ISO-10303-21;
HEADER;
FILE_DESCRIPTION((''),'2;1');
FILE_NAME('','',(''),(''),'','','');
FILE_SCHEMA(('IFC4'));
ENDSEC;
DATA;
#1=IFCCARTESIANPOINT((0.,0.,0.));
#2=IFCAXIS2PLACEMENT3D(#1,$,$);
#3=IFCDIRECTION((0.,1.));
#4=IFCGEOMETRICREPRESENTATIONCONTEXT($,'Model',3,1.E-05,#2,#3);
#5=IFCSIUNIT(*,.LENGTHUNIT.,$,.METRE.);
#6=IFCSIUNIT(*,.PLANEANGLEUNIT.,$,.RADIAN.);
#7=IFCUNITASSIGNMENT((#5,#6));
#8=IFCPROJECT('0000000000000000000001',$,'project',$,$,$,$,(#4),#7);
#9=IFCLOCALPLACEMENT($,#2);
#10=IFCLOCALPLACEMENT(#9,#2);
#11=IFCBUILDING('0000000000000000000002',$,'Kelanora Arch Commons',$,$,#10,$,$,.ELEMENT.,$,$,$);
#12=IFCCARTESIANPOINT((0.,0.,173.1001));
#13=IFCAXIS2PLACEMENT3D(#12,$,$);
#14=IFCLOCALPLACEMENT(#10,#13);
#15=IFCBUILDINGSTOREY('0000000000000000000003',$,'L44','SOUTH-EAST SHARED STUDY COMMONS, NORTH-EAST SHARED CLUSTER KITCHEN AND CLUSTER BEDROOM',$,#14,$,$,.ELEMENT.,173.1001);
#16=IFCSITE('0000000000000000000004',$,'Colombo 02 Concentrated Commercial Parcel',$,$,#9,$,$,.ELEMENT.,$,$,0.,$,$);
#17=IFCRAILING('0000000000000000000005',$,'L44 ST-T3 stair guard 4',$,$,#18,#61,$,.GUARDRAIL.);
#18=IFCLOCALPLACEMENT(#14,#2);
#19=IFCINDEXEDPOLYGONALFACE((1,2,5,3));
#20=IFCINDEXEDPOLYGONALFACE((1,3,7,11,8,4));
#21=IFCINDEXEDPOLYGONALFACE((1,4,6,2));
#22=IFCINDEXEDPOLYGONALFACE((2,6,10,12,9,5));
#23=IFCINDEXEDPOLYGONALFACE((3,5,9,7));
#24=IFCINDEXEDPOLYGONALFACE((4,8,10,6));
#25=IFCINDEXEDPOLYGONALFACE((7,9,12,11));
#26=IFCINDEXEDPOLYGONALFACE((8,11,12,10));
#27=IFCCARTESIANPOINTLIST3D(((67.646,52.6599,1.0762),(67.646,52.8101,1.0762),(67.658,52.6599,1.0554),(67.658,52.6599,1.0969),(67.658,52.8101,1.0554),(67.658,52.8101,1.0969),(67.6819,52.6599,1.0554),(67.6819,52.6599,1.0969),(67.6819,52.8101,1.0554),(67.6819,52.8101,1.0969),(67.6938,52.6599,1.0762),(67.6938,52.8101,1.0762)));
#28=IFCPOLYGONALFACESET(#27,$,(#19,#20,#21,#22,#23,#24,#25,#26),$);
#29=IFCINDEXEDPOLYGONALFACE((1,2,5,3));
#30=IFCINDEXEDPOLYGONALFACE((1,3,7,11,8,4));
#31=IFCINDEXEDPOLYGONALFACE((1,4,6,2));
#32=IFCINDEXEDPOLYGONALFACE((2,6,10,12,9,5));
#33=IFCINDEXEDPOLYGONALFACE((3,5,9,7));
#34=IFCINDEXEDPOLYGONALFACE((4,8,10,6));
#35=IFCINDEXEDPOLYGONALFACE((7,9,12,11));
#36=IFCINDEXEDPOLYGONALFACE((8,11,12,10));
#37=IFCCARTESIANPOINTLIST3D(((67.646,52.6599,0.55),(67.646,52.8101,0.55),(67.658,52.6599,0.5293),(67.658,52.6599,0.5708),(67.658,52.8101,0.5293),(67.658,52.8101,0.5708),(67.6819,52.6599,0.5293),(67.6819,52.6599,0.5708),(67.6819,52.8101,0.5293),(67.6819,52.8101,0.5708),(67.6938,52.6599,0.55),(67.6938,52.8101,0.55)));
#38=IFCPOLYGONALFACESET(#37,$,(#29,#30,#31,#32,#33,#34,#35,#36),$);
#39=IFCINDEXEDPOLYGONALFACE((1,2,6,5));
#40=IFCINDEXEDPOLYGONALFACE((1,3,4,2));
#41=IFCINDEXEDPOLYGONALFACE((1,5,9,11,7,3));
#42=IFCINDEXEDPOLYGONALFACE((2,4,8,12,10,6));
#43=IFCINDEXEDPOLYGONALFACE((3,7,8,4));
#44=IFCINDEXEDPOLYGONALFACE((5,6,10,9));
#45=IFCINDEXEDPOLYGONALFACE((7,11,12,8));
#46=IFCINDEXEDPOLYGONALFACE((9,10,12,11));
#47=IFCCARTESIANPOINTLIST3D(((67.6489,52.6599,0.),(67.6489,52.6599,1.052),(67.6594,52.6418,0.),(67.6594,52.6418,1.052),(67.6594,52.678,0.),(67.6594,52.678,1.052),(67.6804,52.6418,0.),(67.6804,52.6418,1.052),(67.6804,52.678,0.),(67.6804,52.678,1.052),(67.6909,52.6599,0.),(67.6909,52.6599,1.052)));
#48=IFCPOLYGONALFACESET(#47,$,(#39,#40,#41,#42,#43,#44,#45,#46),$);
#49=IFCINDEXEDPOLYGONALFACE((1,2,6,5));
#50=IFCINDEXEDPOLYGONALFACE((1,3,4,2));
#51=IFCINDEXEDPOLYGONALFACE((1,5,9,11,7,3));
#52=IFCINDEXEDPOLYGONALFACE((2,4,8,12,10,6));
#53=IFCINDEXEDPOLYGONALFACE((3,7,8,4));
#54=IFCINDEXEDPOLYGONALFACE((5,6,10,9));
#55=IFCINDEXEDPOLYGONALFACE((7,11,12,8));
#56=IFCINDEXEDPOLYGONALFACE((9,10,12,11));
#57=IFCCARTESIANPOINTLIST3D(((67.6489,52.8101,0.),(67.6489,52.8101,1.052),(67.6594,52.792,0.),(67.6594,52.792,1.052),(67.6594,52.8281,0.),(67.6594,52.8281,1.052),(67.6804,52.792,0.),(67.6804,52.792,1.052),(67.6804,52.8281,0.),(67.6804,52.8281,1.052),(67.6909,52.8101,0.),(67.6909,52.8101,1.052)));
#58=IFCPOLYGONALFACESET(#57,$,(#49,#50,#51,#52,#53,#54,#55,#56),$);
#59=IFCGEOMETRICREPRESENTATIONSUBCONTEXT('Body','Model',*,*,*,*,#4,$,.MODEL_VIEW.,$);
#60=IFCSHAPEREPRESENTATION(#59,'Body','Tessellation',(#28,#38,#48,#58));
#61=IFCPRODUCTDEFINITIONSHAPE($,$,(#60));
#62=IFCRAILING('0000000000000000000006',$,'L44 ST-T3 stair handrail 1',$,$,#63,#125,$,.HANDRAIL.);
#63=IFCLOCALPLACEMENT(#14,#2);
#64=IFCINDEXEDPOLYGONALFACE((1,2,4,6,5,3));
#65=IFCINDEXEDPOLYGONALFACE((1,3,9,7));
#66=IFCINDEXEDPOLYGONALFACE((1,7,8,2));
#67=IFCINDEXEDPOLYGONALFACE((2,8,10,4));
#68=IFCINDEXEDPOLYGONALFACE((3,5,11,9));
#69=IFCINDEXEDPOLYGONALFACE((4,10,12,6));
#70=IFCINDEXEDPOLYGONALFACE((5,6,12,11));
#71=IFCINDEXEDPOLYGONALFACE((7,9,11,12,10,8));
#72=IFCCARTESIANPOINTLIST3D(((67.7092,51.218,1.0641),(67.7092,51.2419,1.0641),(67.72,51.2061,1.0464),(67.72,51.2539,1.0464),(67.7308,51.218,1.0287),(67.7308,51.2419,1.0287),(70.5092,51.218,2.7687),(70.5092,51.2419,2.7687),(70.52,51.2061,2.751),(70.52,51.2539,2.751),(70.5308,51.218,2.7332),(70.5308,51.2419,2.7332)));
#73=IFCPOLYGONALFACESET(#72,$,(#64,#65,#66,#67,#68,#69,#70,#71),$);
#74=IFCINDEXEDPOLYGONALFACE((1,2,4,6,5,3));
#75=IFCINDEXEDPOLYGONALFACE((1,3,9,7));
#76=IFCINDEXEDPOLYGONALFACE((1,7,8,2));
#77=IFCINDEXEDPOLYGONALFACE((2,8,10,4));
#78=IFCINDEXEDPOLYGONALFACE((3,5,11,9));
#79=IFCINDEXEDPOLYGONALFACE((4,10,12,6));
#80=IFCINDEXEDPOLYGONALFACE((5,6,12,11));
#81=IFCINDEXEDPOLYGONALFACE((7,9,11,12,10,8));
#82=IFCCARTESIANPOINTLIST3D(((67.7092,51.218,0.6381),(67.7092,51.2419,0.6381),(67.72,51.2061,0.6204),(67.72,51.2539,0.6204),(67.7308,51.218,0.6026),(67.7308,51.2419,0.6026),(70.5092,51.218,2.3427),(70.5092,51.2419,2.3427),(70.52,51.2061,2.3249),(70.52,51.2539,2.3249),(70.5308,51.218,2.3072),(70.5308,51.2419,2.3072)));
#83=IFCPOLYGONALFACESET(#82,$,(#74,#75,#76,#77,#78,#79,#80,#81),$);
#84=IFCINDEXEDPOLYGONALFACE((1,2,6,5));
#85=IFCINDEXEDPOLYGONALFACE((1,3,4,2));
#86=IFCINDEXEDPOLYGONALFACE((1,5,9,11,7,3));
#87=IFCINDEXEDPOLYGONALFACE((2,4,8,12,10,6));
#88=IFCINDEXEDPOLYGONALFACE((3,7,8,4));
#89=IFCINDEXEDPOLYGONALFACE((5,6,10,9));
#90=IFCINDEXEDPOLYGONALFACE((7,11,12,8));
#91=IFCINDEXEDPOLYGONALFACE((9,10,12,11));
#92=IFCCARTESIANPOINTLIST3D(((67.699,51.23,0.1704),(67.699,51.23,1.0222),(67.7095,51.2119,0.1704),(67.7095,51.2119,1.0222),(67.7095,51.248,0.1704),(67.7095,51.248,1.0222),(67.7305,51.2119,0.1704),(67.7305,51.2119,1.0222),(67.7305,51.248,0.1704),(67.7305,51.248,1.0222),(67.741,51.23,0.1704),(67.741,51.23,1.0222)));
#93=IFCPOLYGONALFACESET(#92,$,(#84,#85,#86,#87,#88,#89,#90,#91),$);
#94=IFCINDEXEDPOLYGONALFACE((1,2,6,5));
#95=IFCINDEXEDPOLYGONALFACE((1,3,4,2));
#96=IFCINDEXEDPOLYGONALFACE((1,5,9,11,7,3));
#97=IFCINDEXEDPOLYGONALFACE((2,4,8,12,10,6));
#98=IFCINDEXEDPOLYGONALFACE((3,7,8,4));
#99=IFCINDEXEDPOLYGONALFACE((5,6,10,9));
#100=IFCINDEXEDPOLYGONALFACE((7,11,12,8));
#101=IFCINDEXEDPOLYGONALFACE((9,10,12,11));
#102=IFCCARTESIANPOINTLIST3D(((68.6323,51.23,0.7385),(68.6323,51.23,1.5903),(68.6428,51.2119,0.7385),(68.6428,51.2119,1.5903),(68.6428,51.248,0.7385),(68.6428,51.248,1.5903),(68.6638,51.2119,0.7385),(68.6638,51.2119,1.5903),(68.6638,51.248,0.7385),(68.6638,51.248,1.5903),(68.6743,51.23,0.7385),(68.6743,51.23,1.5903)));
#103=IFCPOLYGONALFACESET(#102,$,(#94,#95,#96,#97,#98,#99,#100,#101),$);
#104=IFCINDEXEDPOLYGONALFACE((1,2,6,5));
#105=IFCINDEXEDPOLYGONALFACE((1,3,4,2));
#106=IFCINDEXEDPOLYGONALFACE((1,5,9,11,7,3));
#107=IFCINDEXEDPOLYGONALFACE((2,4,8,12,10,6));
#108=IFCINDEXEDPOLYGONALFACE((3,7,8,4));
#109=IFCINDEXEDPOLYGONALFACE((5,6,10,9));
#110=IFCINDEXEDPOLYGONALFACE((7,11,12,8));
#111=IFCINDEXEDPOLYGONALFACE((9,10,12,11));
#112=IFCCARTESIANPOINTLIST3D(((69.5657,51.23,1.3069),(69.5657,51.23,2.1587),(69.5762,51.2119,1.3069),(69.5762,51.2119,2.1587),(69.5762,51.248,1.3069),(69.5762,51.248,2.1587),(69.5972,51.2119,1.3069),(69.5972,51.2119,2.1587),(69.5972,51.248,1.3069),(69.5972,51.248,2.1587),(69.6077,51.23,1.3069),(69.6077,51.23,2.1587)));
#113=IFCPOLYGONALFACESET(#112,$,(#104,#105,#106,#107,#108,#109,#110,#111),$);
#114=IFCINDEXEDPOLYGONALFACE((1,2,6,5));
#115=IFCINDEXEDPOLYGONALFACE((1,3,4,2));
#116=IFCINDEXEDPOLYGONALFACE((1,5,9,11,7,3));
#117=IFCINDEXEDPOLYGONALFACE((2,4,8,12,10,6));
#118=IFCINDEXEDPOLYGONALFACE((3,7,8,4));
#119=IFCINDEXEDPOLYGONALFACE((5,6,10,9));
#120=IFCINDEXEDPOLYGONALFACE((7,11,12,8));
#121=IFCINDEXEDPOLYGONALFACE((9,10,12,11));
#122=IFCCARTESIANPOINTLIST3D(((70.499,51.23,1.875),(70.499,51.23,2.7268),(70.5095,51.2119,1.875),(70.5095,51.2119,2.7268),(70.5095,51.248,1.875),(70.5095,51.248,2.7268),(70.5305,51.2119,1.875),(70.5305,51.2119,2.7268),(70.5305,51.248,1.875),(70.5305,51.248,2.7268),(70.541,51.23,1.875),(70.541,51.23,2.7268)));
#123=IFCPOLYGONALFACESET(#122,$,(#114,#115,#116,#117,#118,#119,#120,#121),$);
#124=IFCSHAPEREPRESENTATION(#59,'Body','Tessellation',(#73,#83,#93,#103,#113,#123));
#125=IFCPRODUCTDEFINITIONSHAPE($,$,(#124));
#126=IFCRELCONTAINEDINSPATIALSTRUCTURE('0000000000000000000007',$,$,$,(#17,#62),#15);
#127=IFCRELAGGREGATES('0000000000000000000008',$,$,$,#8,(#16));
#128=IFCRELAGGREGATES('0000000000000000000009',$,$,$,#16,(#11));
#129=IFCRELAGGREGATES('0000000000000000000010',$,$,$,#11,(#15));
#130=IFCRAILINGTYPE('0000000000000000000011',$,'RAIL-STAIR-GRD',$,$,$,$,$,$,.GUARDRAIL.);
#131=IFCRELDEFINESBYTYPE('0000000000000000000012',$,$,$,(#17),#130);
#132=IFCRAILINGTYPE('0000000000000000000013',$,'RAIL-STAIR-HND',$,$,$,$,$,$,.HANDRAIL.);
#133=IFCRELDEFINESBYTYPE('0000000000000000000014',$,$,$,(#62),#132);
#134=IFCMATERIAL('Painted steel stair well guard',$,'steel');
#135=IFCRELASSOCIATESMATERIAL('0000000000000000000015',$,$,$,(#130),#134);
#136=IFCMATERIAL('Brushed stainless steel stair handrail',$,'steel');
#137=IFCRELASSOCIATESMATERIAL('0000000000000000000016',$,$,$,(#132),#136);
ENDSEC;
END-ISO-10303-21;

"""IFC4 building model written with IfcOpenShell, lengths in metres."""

from ifc_helpers import new_model, si_unit, direction, frame, origin, place, context, subcontext, project, spatial, polyline, outline, extrude, material, type_object, element, save


model = new_model("IFC4")

# Units and contexts
model_context = context("Model", 3, precision=1e-05, world=origin(), true_north=direction((0.0, 1.0)))
body_context = subcontext(model_context, "Body", "Model", "MODEL_VIEW")
ifc_project = project(units=[si_unit("LENGTHUNIT", "METRE"), si_unit("PLANEANGLEUNIT", "RADIAN")], contexts=[model_context])

# Site, building, storey
site_placement = place(None, origin())
site = spatial("IfcSite", under=ifc_project, at=site_placement, Name="Colombo 02 Concentrated Commercial Parcel", CompositionType="ELEMENT", RefElevation=0.0)
building_placement = place(site_placement, origin())
building = spatial("IfcBuilding", under=site, at=building_placement, Name="Kelanora Arch Commons", CompositionType="ELEMENT")
storey_placement = place(building_placement, frame((0.0, 0.0, 173.1001)))
storey = spatial("IfcBuildingStorey", under=building, at=storey_placement, Name="L44", Description="SOUTH-EAST SHARED STUDY COMMONS, NORTH-EAST SHARED CLUSTER KITCHEN AND CLUSTER BEDROOM", CompositionType="ELEMENT", Elevation=173.1001)

# Railings
ifc_material_1 = material(Name="Painted steel stair well guard", Category="steel")
railing_type_1 = type_object("IfcRailingType", Name="RAIL-STAIR-GRD", PredefinedType="GUARDRAIL", material=ifc_material_1)
railing_1_placement = place(storey_placement, frame((67.6699, 52.6599, 0.0)))
element("IfcRailing", 1, at=railing_1_placement, inside=storey, type_object=railing_type_1, Name="L44 ST-T3 stair guard 4", PredefinedType="GUARDRAIL", context=body_context, shape_type="SweptSolid", body=[
    extrude(outline(polyline([(0.0239, 0.0), (0.012, 0.0208), (-0.012, 0.0208), (-0.0239, 0.0), (-0.012, -0.0208), (0.012, -0.0208), (0.0239, 0.0)])), frame((0.0, 0.0, 1.0762), z_axis=(0.0, 1.0, 0.0), x_axis=(-1.0, 0.0, 0.0)), (0.0, 0.0, 1.0), 0.1501),
    extrude(outline(polyline([(0.0239, 0.0), (0.012, 0.0208), (-0.012, 0.0208), (-0.0239, 0.0), (-0.012, -0.0208), (0.012, -0.0208), (0.0239, 0.0)])), frame((0.0, 0.0, 0.55), z_axis=(0.0, 1.0, 0.0), x_axis=(-1.0, 0.0, 0.0)), (0.0, 0.0, 1.0), 0.1501),
    extrude(outline(polyline([(0.021, 0.0), (0.0105, 0.0181), (-0.0105, 0.0181), (-0.021, 0.0), (-0.0105, -0.0181), (0.0105, -0.0181), (0.021, 0.0)])), origin(), (0.0, 0.0, 1.0), 1.052),
    extrude(outline(polyline([(0.021, 0.0), (0.0105, 0.0181), (-0.0105, 0.0181), (-0.021, 0.0), (-0.0105, -0.0181), (0.0105, -0.0181), (0.021, 0.0)])), frame((0.0, 0.1501, 0.0)), (0.0, 0.0, 1.0), 1.052),
])
ifc_material_2 = material(Name="Brushed stainless steel stair handrail", Category="steel")
railing_type_2 = type_object("IfcRailingType", Name="RAIL-STAIR-HND", PredefinedType="HANDRAIL", material=ifc_material_2)
railing_2_placement = place(storey_placement, frame((67.72, 51.23, 0.1704)))
element("IfcRailing", 2, at=railing_2_placement, inside=storey, type_object=railing_type_2, Name="L44 ST-T3 stair handrail 1", PredefinedType="HANDRAIL", context=body_context, shape_type="SweptSolid", body=[
    extrude(outline(polyline([(0.0239, 0.0), (0.012, 0.0208), (-0.012, 0.0208), (-0.0239, 0.0), (-0.012, -0.0208), (0.012, -0.0208), (0.0239, 0.0)])), frame((0.0, 0.0, 0.876), z_axis=(0.85417, 0.0, 0.519994), x_axis=(0.0, 1.0, 0.0)), (0.0, 0.0, 1.0), 3.2781),
    extrude(outline(polyline([(0.0239, 0.0), (0.012, 0.0208), (-0.012, 0.0208), (-0.0239, 0.0), (-0.012, -0.0208), (0.012, -0.0208), (0.0239, 0.0)])), frame((0.0, 0.0, 0.45), z_axis=(0.85417, 0.0, 0.519994), x_axis=(0.0, 1.0, 0.0)), (0.0, 0.0, 1.0), 3.2781),
    extrude(outline(polyline([(0.021, 0.0), (0.0105, 0.0181), (-0.0105, 0.0181), (-0.021, 0.0), (-0.0105, -0.0181), (0.0105, -0.0181), (0.021, 0.0)])), origin(), (0.0, 0.0, 1.0), 0.8518),
    extrude(outline(polyline([(0.021, 0.0), (0.0105, 0.0181), (-0.0105, 0.0181), (-0.021, 0.0), (-0.0105, -0.0181), (0.0105, -0.0181), (0.021, 0.0)])), frame((0.9333, 0.0, 0.5681)), (0.0, 0.0, 1.0), 0.8518),
    extrude(outline(polyline([(0.021, 0.0), (0.0105, 0.0181), (-0.0105, 0.0181), (-0.021, 0.0), (-0.0105, -0.0181), (0.0105, -0.0181), (0.021, 0.0)])), frame((1.8667, 0.0, 1.1365)), (0.0, 0.0, 1.0), 0.8518),
    extrude(outline(polyline([(0.021, 0.0), (0.0105, 0.0181), (-0.0105, 0.0181), (-0.021, 0.0), (-0.0105, -0.0181), (0.0105, -0.0181), (0.021, 0.0)])), frame((2.8, 0.0, 1.7046)), (0.0, 0.0, 1.0), 0.8518),
])

save(model, "model.ifc")
